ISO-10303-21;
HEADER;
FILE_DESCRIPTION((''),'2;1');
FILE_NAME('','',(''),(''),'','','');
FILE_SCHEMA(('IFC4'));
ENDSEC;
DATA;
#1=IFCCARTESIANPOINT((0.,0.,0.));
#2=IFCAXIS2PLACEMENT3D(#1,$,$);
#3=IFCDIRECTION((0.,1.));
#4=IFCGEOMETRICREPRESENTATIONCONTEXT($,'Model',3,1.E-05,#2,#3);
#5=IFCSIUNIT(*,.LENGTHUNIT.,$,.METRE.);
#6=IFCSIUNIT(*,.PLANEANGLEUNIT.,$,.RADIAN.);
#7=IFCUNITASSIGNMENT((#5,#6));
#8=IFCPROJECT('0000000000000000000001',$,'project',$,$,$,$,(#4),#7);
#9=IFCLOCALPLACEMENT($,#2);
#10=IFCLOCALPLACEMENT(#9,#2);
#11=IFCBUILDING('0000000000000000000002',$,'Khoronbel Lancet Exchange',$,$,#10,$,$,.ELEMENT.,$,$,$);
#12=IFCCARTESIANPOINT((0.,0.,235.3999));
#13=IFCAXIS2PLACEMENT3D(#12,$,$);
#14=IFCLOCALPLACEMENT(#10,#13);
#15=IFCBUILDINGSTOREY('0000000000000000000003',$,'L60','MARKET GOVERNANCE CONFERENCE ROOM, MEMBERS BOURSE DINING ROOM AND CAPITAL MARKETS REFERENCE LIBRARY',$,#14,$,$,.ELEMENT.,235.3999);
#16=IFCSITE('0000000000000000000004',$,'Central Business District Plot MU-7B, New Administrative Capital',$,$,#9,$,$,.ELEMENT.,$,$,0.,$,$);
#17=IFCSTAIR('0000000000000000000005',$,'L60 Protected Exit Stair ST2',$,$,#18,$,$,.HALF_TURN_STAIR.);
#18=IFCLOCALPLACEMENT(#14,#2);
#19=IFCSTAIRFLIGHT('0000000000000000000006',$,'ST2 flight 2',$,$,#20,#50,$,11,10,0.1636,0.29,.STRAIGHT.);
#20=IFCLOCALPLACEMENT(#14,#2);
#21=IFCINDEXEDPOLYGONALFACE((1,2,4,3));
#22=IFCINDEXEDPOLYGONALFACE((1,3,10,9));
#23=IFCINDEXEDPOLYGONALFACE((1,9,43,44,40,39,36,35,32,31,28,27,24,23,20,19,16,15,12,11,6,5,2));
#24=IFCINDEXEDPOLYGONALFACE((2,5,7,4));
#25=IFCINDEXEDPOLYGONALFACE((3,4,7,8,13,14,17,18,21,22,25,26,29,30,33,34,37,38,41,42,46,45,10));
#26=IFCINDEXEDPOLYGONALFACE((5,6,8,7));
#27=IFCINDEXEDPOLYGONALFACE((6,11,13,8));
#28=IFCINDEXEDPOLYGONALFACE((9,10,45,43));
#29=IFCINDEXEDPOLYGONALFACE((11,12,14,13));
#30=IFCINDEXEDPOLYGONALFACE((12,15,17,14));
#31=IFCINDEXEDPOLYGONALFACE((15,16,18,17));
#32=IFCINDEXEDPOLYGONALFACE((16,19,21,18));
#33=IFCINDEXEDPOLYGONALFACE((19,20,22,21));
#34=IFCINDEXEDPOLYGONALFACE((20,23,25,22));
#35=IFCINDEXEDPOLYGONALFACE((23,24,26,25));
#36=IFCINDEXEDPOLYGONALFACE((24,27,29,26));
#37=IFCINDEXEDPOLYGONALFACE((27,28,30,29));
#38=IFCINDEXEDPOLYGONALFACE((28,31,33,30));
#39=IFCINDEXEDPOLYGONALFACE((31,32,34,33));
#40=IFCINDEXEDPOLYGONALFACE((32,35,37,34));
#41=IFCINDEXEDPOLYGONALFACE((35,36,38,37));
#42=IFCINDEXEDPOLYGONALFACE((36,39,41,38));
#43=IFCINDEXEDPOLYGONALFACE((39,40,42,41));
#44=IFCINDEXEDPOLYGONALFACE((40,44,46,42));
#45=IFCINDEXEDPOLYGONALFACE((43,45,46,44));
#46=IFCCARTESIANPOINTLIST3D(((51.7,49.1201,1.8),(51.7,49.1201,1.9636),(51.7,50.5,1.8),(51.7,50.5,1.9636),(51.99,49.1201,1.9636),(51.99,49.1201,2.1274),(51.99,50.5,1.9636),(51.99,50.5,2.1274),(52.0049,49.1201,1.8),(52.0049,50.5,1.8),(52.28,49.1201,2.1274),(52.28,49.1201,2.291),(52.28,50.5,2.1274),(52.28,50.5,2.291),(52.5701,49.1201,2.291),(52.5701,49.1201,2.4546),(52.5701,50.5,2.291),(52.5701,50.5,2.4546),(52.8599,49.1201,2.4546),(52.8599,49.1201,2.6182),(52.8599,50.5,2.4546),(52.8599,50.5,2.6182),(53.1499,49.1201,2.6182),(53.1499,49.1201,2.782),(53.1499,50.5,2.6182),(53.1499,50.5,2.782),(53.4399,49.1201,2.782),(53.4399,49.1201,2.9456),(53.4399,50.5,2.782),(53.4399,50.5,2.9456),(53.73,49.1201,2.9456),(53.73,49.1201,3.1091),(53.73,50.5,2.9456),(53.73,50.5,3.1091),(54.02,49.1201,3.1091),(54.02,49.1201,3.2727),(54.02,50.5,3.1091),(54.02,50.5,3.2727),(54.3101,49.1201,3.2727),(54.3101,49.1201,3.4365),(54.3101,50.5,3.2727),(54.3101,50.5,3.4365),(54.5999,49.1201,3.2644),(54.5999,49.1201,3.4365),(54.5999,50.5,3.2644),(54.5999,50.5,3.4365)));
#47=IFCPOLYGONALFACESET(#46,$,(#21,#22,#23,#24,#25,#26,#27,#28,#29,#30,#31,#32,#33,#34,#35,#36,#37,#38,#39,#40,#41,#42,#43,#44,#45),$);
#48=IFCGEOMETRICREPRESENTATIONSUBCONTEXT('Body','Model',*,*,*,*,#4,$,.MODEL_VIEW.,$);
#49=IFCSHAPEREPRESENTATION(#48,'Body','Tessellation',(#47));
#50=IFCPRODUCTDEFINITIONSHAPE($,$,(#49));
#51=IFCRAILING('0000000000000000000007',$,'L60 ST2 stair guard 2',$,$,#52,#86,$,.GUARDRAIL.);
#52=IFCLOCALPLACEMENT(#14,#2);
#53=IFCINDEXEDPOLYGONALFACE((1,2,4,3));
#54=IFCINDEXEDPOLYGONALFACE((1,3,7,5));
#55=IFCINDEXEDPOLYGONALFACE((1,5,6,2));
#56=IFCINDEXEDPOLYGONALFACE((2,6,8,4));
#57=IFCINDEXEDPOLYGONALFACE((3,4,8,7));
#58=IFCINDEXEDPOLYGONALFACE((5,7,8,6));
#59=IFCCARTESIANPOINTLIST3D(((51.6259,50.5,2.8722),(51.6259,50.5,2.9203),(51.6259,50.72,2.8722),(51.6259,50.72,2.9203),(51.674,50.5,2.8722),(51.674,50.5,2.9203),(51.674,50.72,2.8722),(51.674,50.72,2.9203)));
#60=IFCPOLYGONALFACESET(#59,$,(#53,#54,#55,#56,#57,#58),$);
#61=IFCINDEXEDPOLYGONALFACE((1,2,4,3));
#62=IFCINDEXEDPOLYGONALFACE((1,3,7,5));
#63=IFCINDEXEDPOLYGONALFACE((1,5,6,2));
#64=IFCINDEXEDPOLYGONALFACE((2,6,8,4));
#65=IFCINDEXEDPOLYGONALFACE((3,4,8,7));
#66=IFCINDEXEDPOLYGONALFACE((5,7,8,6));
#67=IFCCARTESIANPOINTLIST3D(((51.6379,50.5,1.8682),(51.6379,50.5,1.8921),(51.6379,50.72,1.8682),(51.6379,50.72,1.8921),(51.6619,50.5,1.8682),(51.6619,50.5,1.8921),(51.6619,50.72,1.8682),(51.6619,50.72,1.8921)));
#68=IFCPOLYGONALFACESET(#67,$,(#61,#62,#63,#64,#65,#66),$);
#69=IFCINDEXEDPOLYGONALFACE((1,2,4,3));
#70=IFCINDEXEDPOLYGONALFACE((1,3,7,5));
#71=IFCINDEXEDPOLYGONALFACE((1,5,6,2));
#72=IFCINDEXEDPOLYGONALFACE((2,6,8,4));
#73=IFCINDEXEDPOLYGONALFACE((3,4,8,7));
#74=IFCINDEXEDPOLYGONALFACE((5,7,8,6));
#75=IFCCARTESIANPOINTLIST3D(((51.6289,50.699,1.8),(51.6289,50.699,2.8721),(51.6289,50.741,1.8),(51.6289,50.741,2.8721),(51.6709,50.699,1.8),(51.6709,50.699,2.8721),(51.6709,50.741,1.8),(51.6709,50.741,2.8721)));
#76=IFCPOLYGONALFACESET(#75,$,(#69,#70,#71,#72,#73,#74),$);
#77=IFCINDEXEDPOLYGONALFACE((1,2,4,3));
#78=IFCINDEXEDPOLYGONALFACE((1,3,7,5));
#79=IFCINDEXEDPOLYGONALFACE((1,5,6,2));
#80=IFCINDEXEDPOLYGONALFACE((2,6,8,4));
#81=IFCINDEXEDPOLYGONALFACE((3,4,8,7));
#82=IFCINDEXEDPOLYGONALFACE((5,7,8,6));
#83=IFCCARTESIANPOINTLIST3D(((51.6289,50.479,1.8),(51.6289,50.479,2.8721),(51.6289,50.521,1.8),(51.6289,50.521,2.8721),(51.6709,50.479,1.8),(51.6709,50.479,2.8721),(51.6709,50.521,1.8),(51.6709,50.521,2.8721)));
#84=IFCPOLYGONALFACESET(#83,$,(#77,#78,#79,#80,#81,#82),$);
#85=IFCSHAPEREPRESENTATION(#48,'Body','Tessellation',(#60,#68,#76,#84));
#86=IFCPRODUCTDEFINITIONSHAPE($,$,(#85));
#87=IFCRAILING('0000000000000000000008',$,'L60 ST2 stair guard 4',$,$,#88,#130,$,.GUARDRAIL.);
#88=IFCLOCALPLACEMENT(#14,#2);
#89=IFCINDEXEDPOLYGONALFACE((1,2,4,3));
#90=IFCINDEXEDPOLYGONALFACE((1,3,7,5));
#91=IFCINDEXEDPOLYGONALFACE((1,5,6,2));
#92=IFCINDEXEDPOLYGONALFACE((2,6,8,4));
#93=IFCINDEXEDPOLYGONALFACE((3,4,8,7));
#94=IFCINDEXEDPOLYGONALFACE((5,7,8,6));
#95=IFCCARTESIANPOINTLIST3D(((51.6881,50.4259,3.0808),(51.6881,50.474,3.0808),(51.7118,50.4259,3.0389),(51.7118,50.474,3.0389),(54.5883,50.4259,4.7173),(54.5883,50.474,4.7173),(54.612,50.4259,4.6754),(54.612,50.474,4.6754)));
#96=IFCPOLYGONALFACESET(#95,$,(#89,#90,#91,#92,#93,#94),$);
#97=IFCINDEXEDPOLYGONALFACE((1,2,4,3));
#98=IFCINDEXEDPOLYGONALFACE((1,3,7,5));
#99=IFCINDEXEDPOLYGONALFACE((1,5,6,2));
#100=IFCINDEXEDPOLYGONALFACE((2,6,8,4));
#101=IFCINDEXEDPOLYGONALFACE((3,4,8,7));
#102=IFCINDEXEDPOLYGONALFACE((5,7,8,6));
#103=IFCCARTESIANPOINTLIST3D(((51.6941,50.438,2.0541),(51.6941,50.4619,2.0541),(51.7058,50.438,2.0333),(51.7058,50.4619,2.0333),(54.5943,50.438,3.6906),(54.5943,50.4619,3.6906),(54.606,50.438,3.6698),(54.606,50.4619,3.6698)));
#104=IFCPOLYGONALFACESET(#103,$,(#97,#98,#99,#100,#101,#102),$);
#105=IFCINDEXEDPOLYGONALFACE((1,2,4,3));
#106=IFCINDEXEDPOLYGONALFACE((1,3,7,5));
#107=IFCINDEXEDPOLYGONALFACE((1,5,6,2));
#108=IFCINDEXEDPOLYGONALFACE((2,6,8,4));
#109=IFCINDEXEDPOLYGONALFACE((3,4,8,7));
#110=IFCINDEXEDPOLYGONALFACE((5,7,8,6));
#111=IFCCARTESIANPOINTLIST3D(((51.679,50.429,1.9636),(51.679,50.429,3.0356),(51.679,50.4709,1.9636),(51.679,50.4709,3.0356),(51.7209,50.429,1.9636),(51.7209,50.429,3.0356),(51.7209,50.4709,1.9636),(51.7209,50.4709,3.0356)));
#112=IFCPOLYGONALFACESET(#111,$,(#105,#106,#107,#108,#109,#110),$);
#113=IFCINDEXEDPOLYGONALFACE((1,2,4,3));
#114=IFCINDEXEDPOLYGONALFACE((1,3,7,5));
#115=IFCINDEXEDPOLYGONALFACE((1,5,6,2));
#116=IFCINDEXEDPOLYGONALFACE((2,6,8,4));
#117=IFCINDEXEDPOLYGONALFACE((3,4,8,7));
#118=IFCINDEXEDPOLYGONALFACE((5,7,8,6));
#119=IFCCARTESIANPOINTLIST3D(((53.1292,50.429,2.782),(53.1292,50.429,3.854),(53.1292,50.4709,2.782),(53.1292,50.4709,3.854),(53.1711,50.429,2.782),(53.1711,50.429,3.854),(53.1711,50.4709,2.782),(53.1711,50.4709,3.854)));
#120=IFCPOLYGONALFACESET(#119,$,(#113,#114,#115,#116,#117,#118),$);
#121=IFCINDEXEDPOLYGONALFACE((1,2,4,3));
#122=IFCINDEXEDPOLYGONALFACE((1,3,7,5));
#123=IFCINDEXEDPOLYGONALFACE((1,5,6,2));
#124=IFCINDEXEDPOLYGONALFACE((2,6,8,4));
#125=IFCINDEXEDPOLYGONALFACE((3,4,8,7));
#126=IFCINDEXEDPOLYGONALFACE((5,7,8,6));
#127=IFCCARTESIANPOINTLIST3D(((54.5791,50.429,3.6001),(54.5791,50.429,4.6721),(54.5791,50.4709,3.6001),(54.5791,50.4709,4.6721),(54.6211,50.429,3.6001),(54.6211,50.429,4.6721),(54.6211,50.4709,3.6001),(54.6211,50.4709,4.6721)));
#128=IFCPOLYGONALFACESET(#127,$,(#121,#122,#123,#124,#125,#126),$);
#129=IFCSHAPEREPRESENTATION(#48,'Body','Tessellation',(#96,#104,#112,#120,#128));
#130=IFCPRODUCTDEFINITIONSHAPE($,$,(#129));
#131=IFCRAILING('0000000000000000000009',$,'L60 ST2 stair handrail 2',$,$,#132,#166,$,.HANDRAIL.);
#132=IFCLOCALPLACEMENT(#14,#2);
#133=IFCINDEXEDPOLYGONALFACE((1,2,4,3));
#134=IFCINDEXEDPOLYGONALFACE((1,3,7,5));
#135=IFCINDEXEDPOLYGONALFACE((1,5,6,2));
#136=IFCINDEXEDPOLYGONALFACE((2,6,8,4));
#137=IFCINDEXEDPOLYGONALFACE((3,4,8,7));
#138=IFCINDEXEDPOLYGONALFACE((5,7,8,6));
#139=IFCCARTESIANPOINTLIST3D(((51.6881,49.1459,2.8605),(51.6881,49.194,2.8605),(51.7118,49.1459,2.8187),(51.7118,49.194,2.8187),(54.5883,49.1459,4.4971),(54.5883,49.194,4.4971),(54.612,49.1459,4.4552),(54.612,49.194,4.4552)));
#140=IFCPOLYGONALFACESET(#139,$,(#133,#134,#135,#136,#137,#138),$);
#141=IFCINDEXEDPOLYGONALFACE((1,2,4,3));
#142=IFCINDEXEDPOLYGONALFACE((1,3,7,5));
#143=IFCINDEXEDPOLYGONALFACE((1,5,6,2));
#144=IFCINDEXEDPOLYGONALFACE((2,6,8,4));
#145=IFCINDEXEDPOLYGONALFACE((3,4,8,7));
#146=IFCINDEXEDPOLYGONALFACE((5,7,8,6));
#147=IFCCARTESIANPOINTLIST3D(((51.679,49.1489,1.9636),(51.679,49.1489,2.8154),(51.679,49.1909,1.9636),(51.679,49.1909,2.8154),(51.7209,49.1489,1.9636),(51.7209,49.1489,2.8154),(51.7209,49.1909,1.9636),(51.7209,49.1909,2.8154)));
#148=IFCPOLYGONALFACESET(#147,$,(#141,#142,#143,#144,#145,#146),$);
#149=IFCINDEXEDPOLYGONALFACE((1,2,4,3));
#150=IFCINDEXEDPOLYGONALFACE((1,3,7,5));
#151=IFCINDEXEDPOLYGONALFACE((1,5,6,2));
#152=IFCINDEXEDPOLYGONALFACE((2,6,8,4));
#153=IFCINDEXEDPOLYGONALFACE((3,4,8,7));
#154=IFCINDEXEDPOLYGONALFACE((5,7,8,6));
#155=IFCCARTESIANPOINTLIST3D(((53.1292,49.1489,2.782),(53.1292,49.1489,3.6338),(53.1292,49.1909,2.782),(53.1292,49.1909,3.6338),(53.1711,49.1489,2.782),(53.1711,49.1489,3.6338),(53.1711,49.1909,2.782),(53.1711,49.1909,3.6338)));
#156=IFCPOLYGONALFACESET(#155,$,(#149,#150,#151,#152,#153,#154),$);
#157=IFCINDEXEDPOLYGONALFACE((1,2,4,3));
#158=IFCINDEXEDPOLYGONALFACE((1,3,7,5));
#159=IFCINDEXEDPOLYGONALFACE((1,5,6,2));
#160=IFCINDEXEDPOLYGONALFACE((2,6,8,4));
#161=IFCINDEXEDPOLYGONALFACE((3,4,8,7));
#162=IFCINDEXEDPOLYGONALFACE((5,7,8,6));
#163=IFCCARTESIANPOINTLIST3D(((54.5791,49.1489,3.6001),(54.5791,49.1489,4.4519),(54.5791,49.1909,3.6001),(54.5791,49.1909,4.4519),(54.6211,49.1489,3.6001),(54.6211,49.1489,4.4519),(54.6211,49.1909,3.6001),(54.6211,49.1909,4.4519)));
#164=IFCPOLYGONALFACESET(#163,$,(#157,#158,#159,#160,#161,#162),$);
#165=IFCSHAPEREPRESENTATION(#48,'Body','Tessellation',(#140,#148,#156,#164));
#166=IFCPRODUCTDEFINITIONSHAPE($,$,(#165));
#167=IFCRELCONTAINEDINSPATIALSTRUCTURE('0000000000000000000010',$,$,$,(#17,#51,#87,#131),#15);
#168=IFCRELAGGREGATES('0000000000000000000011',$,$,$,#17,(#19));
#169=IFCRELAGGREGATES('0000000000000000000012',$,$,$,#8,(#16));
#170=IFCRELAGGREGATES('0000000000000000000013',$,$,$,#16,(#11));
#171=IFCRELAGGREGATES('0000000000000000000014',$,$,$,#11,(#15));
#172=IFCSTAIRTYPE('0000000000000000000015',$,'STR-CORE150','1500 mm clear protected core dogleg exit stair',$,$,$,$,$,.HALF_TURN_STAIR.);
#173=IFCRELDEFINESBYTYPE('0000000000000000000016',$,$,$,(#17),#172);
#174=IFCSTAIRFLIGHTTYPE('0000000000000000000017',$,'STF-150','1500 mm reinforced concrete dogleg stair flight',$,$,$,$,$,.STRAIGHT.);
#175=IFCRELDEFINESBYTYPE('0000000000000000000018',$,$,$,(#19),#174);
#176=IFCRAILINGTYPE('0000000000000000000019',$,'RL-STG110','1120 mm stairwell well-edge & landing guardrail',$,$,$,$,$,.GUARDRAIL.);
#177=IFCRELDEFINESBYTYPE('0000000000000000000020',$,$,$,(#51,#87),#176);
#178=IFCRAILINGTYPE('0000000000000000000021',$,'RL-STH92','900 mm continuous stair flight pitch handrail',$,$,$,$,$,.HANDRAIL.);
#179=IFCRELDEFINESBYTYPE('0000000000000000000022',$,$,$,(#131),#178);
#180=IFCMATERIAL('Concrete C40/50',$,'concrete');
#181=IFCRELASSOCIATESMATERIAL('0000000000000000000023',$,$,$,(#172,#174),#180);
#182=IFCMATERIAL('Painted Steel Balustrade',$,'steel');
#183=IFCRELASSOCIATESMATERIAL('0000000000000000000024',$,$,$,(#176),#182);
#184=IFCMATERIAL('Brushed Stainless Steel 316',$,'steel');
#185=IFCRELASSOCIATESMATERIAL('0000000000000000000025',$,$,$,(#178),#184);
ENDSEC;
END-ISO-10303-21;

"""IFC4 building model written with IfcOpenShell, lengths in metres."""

from ifc_helpers import new_model, si_unit, direction, frame, origin, origin_2d, place, context, subcontext, project, spatial, polyline, rectangle, outline, extrude, material, type_object, element, aggregate, save


model = new_model("IFC4")

# Units and contexts
model_context = context("Model", 3, precision=1e-05, world=origin(), true_north=direction((0.0, 1.0)))
body_context = subcontext(model_context, "Body", "Model", "MODEL_VIEW")
ifc_project = project(units=[si_unit("LENGTHUNIT", "METRE"), si_unit("PLANEANGLEUNIT", "RADIAN")], contexts=[model_context])

# Site, building, storey
site_placement = place(None, origin())
site = spatial("IfcSite", under=ifc_project, at=site_placement, Name="Central Business District Plot MU-7B, New Administrative Capital", CompositionType="ELEMENT", RefElevation=0.0)
building_placement = place(site_placement, origin())
building = spatial("IfcBuilding", under=site, at=building_placement, Name="Khoronbel Lancet Exchange", CompositionType="ELEMENT")
storey_placement = place(building_placement, frame((0.0, 0.0, 235.3999)))
storey = spatial("IfcBuildingStorey", under=building, at=storey_placement, Name="L60", Description="MARKET GOVERNANCE CONFERENCE ROOM, MEMBERS BOURSE DINING ROOM AND CAPITAL MARKETS REFERENCE LIBRARY", CompositionType="ELEMENT", Elevation=235.3999)

# Stair, stair flight
ifc_material_1 = material(Name="Concrete C40/50", Category="concrete")
stair_type = type_object("IfcStairType", Name="STR-CORE150", Description="1500 mm clear protected core dogleg exit stair", PredefinedType="HALF_TURN_STAIR", material=ifc_material_1)
stair_placement = place(storey_placement, origin())
stair = element("IfcStair", 1, at=stair_placement, inside=storey, type_object=stair_type, Name="L60 Protected Exit Stair ST2", PredefinedType="HALF_TURN_STAIR")
stair_flight_type = type_object("IfcStairFlightType", Name="STF-150", Description="1500 mm reinforced concrete dogleg stair flight", PredefinedType="STRAIGHT", material=ifc_material_1)
stair_flight_placement = place(storey_placement, frame((51.7, 49.8101, 1.8), z_axis=(0.0, 0.0, 1.0), x_axis=(1.0, 0.0, 0.0)))
stair_flight = element("IfcStairFlight", 2, at=stair_flight_placement, type_object=stair_flight_type, Name="ST2 flight 2", NumberOfRisers=11, NumberOfTreads=10, PredefinedType="STRAIGHT", RiserHeight=0.1636, TreadLength=0.29, context=body_context, shape_type="SweptSolid", body=[
    extrude(outline(polyline([(0.0, 0.0), (0.0, 0.1636), (0.29, 0.1636), (0.29, 0.3274), (0.5801, 0.3274), (0.5801, 0.491), (0.8701, 0.491), (0.8701, 0.6545), (1.1599, 0.6545), (1.1599, 0.8181), (1.45, 0.8181), (1.45, 0.9819), (1.74, 0.9819), (1.74, 1.1455), (2.03, 1.1455), (2.03, 1.3091), (2.3201, 1.3091), (2.3201, 1.4727), (2.6101, 1.4727), (2.6101, 1.6365), (2.8999, 1.6365), (2.8999, 1.8), (2.8999, 1.4644), (0.3049, 0.0), (0.0, 0.0)])), frame((0.0, 0.6899, 0.0), z_axis=(0.0, -1.0, 0.0), x_axis=(1.0, 0.0, 0.0)), (0.0, 0.0, 1.0), 1.3799),
])
aggregate(stair, [stair_flight])

# Railings
ifc_material_2 = material(Name="Painted Steel Balustrade", Category="steel")
railing_type_1 = type_object("IfcRailingType", Name="RL-STG110", Description="1120 mm stairwell well-edge & landing guardrail", PredefinedType="GUARDRAIL", material=ifc_material_2)
railing_1_placement = place(storey_placement, frame((51.6499, 50.72, 1.8)))
element("IfcRailing", 3, at=railing_1_placement, inside=storey, type_object=railing_type_1, Name="L60 ST2 stair guard 2", PredefinedType="GUARDRAIL", context=body_context, shape_type="SweptSolid", body=[
    extrude(rectangle(XDim=0.0481, YDim=0.0481, at=origin_2d()), frame((0.0, 0.0, 1.0962), z_axis=(0.0, -1.0, 0.0), x_axis=(1.0, 0.0, 0.0)), (0.0, 0.0, 1.0), 0.22),
    extrude(rectangle(XDim=0.0239, YDim=0.0239, at=origin_2d()), frame((0.0, 0.0, 0.0801), z_axis=(0.0, -1.0, 0.0), x_axis=(1.0, 0.0, 0.0)), (0.0, 0.0, 1.0), 0.22),
    extrude(rectangle(XDim=0.042, YDim=0.042, at=origin_2d()), origin(), (0.0, 0.0, 1.0), 1.072),
    extrude(rectangle(XDim=0.042, YDim=0.042, at=origin_2d()), frame((0.0, -0.22, 0.0)), (0.0, 0.0, 1.0), 1.072),
])
railing_2_placement = place(storey_placement, frame((51.7, 50.45, 1.9636)))
element("IfcRailing", 4, at=railing_2_placement, inside=storey, type_object=railing_type_1, Name="L60 ST2 stair guard 4", PredefinedType="GUARDRAIL", context=body_context, shape_type="SweptSolid", body=[
    extrude(rectangle(XDim=0.0481, YDim=0.0481, at=origin_2d()), frame((0.0, 0.0, 1.0962), z_axis=(0.870915, 0.0, 0.491434), x_axis=(0.0, 1.0, 0.0)), (0.0, 0.0, 1.0), 3.3301),
    extrude(rectangle(XDim=0.0239, YDim=0.0239, at=origin_2d()), frame((0.0, 0.0, 0.0801), z_axis=(0.870915, 0.0, 0.491434), x_axis=(0.0, 1.0, 0.0)), (0.0, 0.0, 1.0), 3.3301),
    extrude(rectangle(XDim=0.042, YDim=0.042, at=origin_2d()), origin(), (0.0, 0.0, 1.0), 1.072),
    extrude(rectangle(XDim=0.042, YDim=0.042, at=origin_2d()), frame((1.4502, 0.0, 0.8184)), (0.0, 0.0, 1.0), 1.072),
    extrude(rectangle(XDim=0.042, YDim=0.042, at=origin_2d()), frame((2.9001, 0.0, 1.6365)), (0.0, 0.0, 1.0), 1.072),
])
ifc_material_3 = material(Name="Brushed Stainless Steel 316", Category="steel")
railing_type_2 = type_object("IfcRailingType", Name="RL-STH92", Description="900 mm continuous stair flight pitch handrail", PredefinedType="HANDRAIL", material=ifc_material_3)
railing_3_placement = place(storey_placement, frame((51.7, 49.1699, 1.9636)))
element("IfcRailing", 5, at=railing_3_placement, inside=storey, type_object=railing_type_2, Name="L60 ST2 stair handrail 2", PredefinedType="HANDRAIL", context=body_context, shape_type="SweptSolid", body=[
    extrude(rectangle(XDim=0.0481, YDim=0.0481, at=origin_2d()), frame((0.0, 0.0, 0.876), z_axis=(0.870915, 0.0, 0.491434), x_axis=(0.0, 1.0, 0.0)), (0.0, 0.0, 1.0), 3.3301),
    extrude(rectangle(XDim=0.042, YDim=0.042, at=origin_2d()), origin(), (0.0, 0.0, 1.0), 0.8518),
    extrude(rectangle(XDim=0.042, YDim=0.042, at=origin_2d()), frame((1.4502, 0.0, 0.8184)), (0.0, 0.0, 1.0), 0.8518),
    extrude(rectangle(XDim=0.042, YDim=0.042, at=origin_2d()), frame((2.9001, 0.0, 1.6365)), (0.0, 0.0, 1.0), 0.8518),
])

save(model, "model.ifc")
